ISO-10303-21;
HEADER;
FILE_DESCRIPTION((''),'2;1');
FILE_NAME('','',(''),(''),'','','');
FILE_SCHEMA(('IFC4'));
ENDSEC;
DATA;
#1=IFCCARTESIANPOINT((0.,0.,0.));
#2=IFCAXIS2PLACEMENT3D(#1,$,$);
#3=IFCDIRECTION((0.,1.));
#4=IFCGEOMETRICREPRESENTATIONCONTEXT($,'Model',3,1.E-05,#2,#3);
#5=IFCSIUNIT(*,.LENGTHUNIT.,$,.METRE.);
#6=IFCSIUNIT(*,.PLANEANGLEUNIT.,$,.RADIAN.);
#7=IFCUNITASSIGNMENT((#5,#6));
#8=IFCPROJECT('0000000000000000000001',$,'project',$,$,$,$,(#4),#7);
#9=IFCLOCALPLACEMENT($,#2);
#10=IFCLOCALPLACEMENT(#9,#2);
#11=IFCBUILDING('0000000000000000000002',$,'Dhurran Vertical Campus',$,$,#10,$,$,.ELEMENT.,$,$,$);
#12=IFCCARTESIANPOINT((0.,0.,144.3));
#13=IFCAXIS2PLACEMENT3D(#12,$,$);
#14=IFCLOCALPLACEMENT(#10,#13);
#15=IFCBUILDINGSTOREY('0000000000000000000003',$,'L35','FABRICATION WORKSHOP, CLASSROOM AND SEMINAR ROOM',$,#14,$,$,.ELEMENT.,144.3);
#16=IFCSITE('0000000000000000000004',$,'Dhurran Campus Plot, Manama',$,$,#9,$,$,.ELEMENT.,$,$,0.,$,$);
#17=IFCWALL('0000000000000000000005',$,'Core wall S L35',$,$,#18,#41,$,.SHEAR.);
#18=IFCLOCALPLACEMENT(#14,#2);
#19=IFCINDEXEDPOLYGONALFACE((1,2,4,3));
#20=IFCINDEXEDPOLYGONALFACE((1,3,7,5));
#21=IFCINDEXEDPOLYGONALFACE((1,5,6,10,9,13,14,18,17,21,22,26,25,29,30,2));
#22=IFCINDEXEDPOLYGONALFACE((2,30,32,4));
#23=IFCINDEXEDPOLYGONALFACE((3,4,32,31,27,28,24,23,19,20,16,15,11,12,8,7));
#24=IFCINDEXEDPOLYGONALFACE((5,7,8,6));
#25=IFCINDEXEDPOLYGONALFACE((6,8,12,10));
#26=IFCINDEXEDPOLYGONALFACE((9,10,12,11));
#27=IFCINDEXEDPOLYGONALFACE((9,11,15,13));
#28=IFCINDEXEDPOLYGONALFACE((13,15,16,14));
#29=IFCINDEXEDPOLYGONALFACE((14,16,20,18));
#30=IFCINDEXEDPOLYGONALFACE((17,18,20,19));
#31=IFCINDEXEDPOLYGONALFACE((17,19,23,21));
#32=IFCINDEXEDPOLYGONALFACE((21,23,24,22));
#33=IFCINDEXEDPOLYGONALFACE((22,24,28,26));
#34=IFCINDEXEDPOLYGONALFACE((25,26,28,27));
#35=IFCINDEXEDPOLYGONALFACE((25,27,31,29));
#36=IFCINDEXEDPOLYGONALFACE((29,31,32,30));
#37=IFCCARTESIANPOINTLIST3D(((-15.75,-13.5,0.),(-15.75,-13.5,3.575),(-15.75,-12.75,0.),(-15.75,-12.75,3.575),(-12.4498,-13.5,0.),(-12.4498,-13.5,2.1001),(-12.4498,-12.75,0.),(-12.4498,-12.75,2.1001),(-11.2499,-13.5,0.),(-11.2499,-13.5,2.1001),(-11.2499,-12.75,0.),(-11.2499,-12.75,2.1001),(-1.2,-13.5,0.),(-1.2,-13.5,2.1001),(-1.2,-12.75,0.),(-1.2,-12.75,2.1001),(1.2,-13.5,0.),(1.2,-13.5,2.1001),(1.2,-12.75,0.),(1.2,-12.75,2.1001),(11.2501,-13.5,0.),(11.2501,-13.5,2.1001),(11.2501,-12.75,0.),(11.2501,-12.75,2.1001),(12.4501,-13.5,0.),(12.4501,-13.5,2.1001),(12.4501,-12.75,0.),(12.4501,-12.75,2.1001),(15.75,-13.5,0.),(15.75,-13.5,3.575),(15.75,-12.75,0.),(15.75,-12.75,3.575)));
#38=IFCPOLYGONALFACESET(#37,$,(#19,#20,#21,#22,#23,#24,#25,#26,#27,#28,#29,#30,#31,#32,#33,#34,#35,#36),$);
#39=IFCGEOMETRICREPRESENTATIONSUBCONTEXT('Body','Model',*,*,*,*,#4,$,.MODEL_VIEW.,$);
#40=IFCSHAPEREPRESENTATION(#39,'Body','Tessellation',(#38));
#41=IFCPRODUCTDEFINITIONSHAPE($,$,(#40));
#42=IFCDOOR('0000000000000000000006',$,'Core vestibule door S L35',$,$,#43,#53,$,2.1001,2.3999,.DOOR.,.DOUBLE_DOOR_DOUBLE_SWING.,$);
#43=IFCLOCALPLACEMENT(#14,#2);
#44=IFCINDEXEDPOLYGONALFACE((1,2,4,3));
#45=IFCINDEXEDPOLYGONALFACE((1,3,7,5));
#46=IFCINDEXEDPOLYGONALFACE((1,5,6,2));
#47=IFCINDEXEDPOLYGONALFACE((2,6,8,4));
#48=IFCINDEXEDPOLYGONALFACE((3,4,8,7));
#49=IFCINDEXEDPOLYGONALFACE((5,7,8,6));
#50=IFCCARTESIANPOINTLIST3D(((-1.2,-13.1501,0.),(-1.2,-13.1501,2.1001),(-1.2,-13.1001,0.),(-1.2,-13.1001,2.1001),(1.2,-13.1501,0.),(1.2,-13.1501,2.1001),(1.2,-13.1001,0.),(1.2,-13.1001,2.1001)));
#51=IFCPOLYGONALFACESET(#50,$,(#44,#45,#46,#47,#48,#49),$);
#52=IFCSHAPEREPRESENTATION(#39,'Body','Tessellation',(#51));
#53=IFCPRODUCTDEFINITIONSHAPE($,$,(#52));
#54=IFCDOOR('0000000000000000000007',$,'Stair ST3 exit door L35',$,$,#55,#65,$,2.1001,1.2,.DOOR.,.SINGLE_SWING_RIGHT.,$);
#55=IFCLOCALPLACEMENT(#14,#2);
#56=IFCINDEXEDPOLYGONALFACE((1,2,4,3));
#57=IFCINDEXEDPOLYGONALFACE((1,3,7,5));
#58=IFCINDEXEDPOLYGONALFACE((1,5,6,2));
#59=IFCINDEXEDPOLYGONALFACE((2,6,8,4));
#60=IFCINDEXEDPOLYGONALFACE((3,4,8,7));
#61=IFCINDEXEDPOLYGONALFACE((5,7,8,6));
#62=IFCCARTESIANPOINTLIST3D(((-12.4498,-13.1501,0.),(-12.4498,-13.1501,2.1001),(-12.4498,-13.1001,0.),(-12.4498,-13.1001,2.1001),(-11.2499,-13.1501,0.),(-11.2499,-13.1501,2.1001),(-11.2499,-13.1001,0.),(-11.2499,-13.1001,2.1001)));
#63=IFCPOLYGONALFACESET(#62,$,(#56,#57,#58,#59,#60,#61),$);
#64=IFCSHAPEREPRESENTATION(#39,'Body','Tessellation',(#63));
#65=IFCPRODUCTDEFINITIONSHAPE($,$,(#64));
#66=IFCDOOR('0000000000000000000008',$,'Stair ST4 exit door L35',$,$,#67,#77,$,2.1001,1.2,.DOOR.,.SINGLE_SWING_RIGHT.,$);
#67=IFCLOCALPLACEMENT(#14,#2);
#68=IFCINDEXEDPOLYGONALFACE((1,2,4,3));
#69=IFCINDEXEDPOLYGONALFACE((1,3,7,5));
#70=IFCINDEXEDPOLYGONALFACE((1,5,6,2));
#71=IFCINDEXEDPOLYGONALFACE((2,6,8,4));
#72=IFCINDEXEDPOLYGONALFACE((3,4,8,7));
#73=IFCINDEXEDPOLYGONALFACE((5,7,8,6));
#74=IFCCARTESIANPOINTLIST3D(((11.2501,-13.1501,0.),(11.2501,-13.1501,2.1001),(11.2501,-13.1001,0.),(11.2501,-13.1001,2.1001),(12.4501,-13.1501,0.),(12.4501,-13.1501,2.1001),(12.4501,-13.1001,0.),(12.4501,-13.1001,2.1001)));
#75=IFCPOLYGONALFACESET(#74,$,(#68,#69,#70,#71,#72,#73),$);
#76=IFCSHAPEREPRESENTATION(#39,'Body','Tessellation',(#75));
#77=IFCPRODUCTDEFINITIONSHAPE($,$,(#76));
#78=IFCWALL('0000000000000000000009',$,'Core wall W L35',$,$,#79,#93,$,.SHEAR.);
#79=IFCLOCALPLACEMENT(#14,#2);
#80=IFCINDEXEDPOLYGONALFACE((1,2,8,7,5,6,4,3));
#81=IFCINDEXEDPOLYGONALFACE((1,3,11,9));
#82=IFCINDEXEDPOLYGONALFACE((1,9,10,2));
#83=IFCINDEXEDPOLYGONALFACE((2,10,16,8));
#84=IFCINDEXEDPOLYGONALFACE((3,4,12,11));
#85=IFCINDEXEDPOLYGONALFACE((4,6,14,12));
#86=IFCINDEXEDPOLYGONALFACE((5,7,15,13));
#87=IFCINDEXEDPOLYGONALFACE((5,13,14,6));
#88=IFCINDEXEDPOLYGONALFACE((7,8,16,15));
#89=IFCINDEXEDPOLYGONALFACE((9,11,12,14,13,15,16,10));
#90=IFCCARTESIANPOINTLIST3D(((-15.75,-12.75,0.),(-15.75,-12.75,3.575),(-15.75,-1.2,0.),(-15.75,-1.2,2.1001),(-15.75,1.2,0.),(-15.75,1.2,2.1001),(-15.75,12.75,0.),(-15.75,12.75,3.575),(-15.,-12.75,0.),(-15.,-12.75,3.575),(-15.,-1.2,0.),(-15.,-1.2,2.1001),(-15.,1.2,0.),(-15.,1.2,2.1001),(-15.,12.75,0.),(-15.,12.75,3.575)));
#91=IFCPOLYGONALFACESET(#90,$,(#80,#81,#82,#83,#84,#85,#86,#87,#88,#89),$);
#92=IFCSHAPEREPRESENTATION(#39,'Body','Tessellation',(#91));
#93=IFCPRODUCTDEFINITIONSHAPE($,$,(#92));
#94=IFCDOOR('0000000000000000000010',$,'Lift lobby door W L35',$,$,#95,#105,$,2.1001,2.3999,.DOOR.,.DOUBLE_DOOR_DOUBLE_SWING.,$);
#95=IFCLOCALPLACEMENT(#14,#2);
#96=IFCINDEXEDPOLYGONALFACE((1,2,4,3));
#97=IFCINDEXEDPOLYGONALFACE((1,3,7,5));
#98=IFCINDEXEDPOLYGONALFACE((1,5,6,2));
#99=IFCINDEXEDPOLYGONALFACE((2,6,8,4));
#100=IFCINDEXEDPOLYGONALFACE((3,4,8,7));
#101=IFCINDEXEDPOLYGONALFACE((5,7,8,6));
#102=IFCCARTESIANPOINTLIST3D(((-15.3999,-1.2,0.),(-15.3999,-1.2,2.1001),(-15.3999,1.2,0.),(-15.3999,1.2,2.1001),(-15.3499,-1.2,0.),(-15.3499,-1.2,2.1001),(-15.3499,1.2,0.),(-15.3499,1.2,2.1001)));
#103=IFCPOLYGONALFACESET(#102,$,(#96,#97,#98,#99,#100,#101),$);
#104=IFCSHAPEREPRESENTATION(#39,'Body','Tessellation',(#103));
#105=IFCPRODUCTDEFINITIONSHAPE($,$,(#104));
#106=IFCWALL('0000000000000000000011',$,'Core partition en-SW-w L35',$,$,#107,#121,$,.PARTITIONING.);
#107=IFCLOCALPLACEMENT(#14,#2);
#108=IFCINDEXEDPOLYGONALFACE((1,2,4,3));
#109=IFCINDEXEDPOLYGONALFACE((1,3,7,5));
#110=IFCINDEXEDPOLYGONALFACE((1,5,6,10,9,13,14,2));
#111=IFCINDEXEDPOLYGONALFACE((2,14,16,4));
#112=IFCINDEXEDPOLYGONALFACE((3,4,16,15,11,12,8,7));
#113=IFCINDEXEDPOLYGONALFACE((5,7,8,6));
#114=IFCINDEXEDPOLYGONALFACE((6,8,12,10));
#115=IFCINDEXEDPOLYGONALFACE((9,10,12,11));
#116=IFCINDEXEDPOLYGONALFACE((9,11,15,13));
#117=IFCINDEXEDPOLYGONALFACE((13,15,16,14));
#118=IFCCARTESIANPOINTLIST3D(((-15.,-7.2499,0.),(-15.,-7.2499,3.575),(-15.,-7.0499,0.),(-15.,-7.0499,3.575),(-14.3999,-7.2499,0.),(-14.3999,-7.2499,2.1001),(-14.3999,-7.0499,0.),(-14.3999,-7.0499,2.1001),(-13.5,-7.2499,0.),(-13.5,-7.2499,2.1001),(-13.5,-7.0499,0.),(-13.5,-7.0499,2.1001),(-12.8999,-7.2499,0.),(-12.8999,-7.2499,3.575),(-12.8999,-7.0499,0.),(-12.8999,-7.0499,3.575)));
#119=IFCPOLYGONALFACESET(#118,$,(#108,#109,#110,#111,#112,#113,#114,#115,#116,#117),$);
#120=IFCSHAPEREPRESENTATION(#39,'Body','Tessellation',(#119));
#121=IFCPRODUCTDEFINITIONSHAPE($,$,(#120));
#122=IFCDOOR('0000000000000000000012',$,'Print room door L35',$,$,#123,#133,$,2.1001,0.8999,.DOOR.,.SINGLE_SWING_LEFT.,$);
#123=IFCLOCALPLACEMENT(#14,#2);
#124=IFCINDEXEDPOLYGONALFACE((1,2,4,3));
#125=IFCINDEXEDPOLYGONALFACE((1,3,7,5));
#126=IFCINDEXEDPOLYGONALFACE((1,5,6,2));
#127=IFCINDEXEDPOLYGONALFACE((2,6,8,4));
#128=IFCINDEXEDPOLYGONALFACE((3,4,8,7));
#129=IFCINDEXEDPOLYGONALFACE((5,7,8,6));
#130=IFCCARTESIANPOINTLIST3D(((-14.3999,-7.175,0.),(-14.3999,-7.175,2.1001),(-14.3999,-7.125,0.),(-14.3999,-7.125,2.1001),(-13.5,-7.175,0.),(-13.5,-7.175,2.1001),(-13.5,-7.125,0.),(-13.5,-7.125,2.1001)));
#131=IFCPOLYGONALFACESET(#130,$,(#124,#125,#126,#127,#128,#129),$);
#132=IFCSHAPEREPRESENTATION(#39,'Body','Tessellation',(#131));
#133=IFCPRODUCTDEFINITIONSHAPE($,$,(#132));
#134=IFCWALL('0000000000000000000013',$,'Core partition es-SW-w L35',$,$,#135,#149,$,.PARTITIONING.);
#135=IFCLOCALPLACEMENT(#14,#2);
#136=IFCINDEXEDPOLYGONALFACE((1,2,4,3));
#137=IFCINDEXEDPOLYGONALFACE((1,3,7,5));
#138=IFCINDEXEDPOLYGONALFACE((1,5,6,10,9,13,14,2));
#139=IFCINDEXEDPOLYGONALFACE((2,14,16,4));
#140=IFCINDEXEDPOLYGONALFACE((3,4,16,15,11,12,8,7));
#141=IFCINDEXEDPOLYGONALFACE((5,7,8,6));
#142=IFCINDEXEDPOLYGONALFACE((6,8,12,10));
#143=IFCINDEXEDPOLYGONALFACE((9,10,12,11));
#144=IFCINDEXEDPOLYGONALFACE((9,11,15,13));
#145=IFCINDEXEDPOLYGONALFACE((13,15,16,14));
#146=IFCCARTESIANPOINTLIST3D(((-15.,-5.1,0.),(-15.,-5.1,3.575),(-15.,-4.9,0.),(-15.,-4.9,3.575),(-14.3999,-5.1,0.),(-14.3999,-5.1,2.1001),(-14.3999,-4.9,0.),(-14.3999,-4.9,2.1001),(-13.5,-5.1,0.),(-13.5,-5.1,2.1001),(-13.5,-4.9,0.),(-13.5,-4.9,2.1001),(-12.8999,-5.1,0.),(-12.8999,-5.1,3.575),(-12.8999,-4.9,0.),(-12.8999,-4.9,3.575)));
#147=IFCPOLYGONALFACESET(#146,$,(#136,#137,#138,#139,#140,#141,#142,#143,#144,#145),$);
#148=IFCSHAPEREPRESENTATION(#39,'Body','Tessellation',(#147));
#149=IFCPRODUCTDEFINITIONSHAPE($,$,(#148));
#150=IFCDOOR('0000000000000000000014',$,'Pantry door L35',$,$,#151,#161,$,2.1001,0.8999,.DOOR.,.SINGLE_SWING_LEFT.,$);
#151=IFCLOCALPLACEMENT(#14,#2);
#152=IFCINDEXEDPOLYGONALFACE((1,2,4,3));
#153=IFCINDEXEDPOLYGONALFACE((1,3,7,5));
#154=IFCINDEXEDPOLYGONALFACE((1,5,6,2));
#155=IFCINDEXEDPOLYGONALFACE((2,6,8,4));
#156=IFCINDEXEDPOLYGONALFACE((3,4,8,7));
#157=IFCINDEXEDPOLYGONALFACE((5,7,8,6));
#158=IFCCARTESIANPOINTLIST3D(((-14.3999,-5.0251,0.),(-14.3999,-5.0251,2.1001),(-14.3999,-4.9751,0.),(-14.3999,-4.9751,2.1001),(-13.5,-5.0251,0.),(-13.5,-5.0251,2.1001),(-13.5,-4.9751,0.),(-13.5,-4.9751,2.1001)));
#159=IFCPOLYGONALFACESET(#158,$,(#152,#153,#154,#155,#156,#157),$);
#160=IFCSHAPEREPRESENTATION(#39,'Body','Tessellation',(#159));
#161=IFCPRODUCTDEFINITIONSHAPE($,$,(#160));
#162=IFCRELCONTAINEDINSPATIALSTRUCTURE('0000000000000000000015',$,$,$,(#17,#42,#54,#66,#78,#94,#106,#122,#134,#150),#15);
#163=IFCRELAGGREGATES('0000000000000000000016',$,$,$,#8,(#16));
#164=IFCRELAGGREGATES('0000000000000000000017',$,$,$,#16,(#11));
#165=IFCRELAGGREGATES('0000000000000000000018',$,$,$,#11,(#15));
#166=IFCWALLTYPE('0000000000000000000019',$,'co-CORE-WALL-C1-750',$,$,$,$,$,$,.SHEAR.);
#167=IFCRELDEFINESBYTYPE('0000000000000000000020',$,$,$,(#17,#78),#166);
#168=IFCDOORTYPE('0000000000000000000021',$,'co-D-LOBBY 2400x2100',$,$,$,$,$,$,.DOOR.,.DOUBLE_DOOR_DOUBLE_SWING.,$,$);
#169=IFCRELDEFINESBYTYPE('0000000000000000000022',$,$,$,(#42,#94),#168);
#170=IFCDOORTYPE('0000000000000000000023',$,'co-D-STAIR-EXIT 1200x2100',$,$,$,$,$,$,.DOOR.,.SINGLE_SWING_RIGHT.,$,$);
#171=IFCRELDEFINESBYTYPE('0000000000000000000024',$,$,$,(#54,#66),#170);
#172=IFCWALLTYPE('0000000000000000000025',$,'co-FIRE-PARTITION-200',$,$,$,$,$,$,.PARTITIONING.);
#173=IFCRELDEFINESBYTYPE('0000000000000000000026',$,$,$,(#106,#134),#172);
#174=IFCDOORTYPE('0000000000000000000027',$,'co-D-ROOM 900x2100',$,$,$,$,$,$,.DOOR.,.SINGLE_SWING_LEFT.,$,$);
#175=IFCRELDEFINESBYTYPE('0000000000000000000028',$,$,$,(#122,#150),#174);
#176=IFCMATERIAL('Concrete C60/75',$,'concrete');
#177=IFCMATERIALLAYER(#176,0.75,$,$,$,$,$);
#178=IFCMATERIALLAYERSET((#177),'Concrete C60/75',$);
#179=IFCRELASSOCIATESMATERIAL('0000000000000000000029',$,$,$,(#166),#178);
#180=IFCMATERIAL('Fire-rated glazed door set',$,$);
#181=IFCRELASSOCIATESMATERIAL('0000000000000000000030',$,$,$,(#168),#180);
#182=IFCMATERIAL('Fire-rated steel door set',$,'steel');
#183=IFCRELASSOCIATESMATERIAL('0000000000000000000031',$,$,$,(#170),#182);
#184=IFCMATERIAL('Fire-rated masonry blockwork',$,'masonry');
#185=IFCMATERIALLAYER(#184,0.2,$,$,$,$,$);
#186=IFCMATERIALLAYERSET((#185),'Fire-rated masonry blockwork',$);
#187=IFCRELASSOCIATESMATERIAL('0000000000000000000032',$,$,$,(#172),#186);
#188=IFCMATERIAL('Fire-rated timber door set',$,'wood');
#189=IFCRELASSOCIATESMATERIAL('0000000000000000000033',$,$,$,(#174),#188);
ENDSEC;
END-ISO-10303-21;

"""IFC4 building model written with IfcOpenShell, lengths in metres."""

from ifc_helpers import new_model, si_unit, direction, frame, frame_2d, origin, place, context, subcontext, project, spatial, rectangle, extrude, material, layer, layer_set, type_object, element, fill, save


model = new_model("IFC4")

# Units and contexts
model_context = context("Model", 3, precision=1e-05, world=origin(), true_north=direction((0.0, 1.0)))
body_context = subcontext(model_context, "Body", "Model", "MODEL_VIEW")
ifc_project = project(units=[si_unit("LENGTHUNIT", "METRE"), si_unit("PLANEANGLEUNIT", "RADIAN")], contexts=[model_context])

# Site, building, storey
site_placement = place(None, origin())
site = spatial("IfcSite", under=ifc_project, at=site_placement, Name="Dhurran Campus Plot, Manama", CompositionType="ELEMENT", RefElevation=0.0)
building_placement = place(site_placement, origin())
building = spatial("IfcBuilding", under=site, at=building_placement, Name="Dhurran Vertical Campus", CompositionType="ELEMENT")
storey_placement = place(building_placement, frame((0.0, 0.0, 144.3)))
storey = spatial("IfcBuildingStorey", under=building, at=storey_placement, Name="L35", Description="FABRICATION WORKSHOP, CLASSROOM AND SEMINAR ROOM", CompositionType="ELEMENT", Elevation=144.3)

# Wall, openings, doors
ifc_material_1 = material(Name="Concrete C60/75", Category="concrete")
ifc_layer_1 = layer(ifc_material_1, 0.75)
ifc_layer_set_1 = layer_set([ifc_layer_1], Name="Concrete C60/75")
wall_type_1 = type_object("IfcWallType", Name="co-CORE-WALL-C1-750", PredefinedType="SHEAR", material=ifc_layer_set_1)
wall_1_placement = place(storey_placement, frame((-15.75, -13.125, 0.0), z_axis=(0.0, 0.0, 1.0), x_axis=(1.0, 0.0, 0.0)))
wall_1 = element("IfcWall", 1, at=wall_1_placement, inside=storey, type_object=wall_type_1, Name="Core wall S L35", PredefinedType="SHEAR", context=body_context, shape_type="SweptSolid", body=[
    extrude(rectangle(XDim=31.5, YDim=0.75, at=frame_2d((15.75, 0.0))), origin(), (0.0, 0.0, 1.0), 3.575),
])
opening_1_placement = place(wall_1_placement, frame((14.55, 0.0, 0.0)))
opening_1 = element("IfcOpeningElement", 2, at=opening_1_placement, cuts=wall_1, PredefinedType="OPENING", context=body_context, shape_type="SweptSolid", body=[
    extrude(rectangle(XDim=2.3999, YDim=2.1001, at=frame_2d((1.2, 1.05))), frame((0.0, 0.385, 0.0), z_axis=(0.0, -1.0, 0.0), x_axis=(1.0, 0.0, 0.0)), (0.0, 0.0, 1.0), 0.77),
])
opening_2_placement = place(wall_1_placement, frame((3.3, 0.0, 0.0)))
opening_2 = element("IfcOpeningElement", 3, at=opening_2_placement, cuts=wall_1, PredefinedType="OPENING", context=body_context, shape_type="SweptSolid", body=[
    extrude(rectangle(XDim=1.2, YDim=2.1001, at=frame_2d((0.6001, 1.05))), frame((0.0, 0.385, 0.0), z_axis=(0.0, -1.0, 0.0), x_axis=(1.0, 0.0, 0.0)), (0.0, 0.0, 1.0), 0.77),
])
opening_3_placement = place(wall_1_placement, frame((27.0, 0.0, 0.0)))
opening_3 = element("IfcOpeningElement", 4, at=opening_3_placement, cuts=wall_1, PredefinedType="OPENING", context=body_context, shape_type="SweptSolid", body=[
    extrude(rectangle(XDim=1.2, YDim=2.1001, at=frame_2d((0.6001, 1.05))), frame((0.0, 0.385, 0.0), z_axis=(0.0, -1.0, 0.0), x_axis=(1.0, 0.0, 0.0)), (0.0, 0.0, 1.0), 0.77),
])
ifc_material_2 = material(Name="Fire-rated glazed door set")
door_type_1 = type_object("IfcDoorType", Name="co-D-LOBBY 2400x2100", OperationType="DOUBLE_DOOR_DOUBLE_SWING", PredefinedType="DOOR", material=ifc_material_2)
door_1_placement = place(opening_1_placement, origin())
door_1 = element("IfcDoor", 5, at=door_1_placement, inside=storey, type_object=door_type_1, Name="Core vestibule door S L35", OperationType="DOUBLE_DOOR_DOUBLE_SWING", OverallHeight=2.1001, OverallWidth=2.3999, PredefinedType="DOOR", context=body_context, shape_type="SweptSolid", body=[
    extrude(rectangle(XDim=2.3999, YDim=2.1001, at=frame_2d((1.2, 1.05))), frame((0.0, 0.0249, 0.0), z_axis=(0.0, -1.0, 0.0), x_axis=(1.0, 0.0, 0.0)), (0.0, 0.0, 1.0), 0.05),
])
fill(opening_1, door_1)
ifc_material_3 = material(Name="Fire-rated steel door set", Category="steel")
door_type_2 = type_object("IfcDoorType", Name="co-D-STAIR-EXIT 1200x2100", OperationType="SINGLE_SWING_RIGHT", PredefinedType="DOOR", material=ifc_material_3)
door_2_placement = place(opening_2_placement, origin())
door_2 = element("IfcDoor", 6, at=door_2_placement, inside=storey, type_object=door_type_2, Name="Stair ST3 exit door L35", OperationType="SINGLE_SWING_RIGHT", OverallHeight=2.1001, OverallWidth=1.2, PredefinedType="DOOR", context=body_context, shape_type="SweptSolid", body=[
    extrude(rectangle(XDim=1.2, YDim=2.1001, at=frame_2d((0.6001, 1.05))), frame((0.0, 0.0249, 0.0), z_axis=(0.0, -1.0, 0.0), x_axis=(1.0, 0.0, 0.0)), (0.0, 0.0, 1.0), 0.05),
])
fill(opening_2, door_2)
door_3_placement = place(opening_3_placement, origin())
door_3 = element("IfcDoor", 7, at=door_3_placement, inside=storey, type_object=door_type_2, Name="Stair ST4 exit door L35", OperationType="SINGLE_SWING_RIGHT", OverallHeight=2.1001, OverallWidth=1.2, PredefinedType="DOOR", context=body_context, shape_type="SweptSolid", body=[
    extrude(rectangle(XDim=1.2, YDim=2.1001, at=frame_2d((0.6001, 1.05))), frame((0.0, 0.0249, 0.0), z_axis=(0.0, -1.0, 0.0), x_axis=(1.0, 0.0, 0.0)), (0.0, 0.0, 1.0), 0.05),
])
fill(opening_3, door_3)

# Walls, openings, doors
wall_2_placement = place(storey_placement, frame((-15.375, -12.75, 0.0), z_axis=(0.0, 0.0, 1.0), x_axis=(0.0, 1.0, 0.0)))
wall_2 = element("IfcWall", 8, at=wall_2_placement, inside=storey, type_object=wall_type_1, Name="Core wall W L35", PredefinedType="SHEAR", context=body_context, shape_type="SweptSolid", body=[
    extrude(rectangle(XDim=25.5, YDim=0.75, at=frame_2d((12.75, 0.0))), origin(), (0.0, 0.0, 1.0), 3.575),
])
opening_4_placement = place(wall_2_placement, frame((11.55, 0.0, 0.0)))
opening_4 = element("IfcOpeningElement", 9, at=opening_4_placement, cuts=wall_2, PredefinedType="OPENING", context=body_context, shape_type="SweptSolid", body=[
    extrude(rectangle(XDim=2.3999, YDim=2.1001, at=frame_2d((1.2, 1.05))), frame((0.0, 0.385, 0.0), z_axis=(0.0, -1.0, 0.0), x_axis=(1.0, 0.0, 0.0)), (0.0, 0.0, 1.0), 0.77),
])
door_4_placement = place(opening_4_placement, origin())
door_4 = element("IfcDoor", 10, at=door_4_placement, inside=storey, type_object=door_type_1, Name="Lift lobby door W L35", OperationType="DOUBLE_DOOR_DOUBLE_SWING", OverallHeight=2.1001, OverallWidth=2.3999, PredefinedType="DOOR", context=body_context, shape_type="SweptSolid", body=[
    extrude(rectangle(XDim=2.3999, YDim=2.1001, at=frame_2d((1.2, 1.05))), frame((0.0, 0.0249, 0.0), z_axis=(0.0, -1.0, 0.0), x_axis=(1.0, 0.0, 0.0)), (0.0, 0.0, 1.0), 0.05),
])
fill(opening_4, door_4)
ifc_material_4 = material(Name="Fire-rated masonry blockwork", Category="masonry")
ifc_layer_2 = layer(ifc_material_4, 0.2)
ifc_layer_set_2 = layer_set([ifc_layer_2], Name="Fire-rated masonry blockwork")
wall_type_2 = type_object("IfcWallType", Name="co-FIRE-PARTITION-200", PredefinedType="PARTITIONING", material=ifc_layer_set_2)
wall_3_placement = place(storey_placement, frame((-15.0, -7.1499, 0.0), z_axis=(0.0, 0.0, 1.0), x_axis=(1.0, 0.0, 0.0)))
wall_3 = element("IfcWall", 11, at=wall_3_placement, inside=storey, type_object=wall_type_2, Name="Core partition en-SW-w L35", PredefinedType="PARTITIONING", context=body_context, shape_type="SweptSolid", body=[
    extrude(rectangle(XDim=2.1001, YDim=0.2, at=frame_2d((1.05, 0.0))), origin(), (0.0, 0.0, 1.0), 3.575),
])
opening_5_placement = place(wall_3_placement, frame((0.6001, 0.0, 0.0)))
opening_5 = element("IfcOpeningElement", 12, at=opening_5_placement, cuts=wall_3, PredefinedType="OPENING", context=body_context, shape_type="SweptSolid", body=[
    extrude(rectangle(XDim=0.8999, YDim=2.1001, at=frame_2d((0.45, 1.05))), frame((0.0, 0.1099, 0.0), z_axis=(0.0, -1.0, 0.0), x_axis=(1.0, 0.0, 0.0)), (0.0, 0.0, 1.0), 0.22),
])
ifc_material_5 = material(Name="Fire-rated timber door set", Category="wood")
door_type_3 = type_object("IfcDoorType", Name="co-D-ROOM 900x2100", OperationType="SINGLE_SWING_LEFT", PredefinedType="DOOR", material=ifc_material_5)
door_5_placement = place(opening_5_placement, origin())
door_5 = element("IfcDoor", 13, at=door_5_placement, inside=storey, type_object=door_type_3, Name="Print room door L35", OperationType="SINGLE_SWING_LEFT", OverallHeight=2.1001, OverallWidth=0.8999, PredefinedType="DOOR", context=body_context, shape_type="SweptSolid", body=[
    extrude(rectangle(XDim=0.8999, YDim=2.1001, at=frame_2d((0.45, 1.05))), frame((0.0, 0.0249, 0.0), z_axis=(0.0, -1.0, 0.0), x_axis=(1.0, 0.0, 0.0)), (0.0, 0.0, 1.0), 0.05),
])
fill(opening_5, door_5)
wall_4_placement = place(storey_placement, frame((-15.0, -5.0, 0.0), z_axis=(0.0, 0.0, 1.0), x_axis=(1.0, 0.0, 0.0)))
wall_4 = element("IfcWall", 14, at=wall_4_placement, inside=storey, type_object=wall_type_2, Name="Core partition es-SW-w L35", PredefinedType="PARTITIONING", context=body_context, shape_type="SweptSolid", body=[
    extrude(rectangle(XDim=2.1001, YDim=0.2, at=frame_2d((1.05, 0.0))), origin(), (0.0, 0.0, 1.0), 3.575),
])
opening_6_placement = place(wall_4_placement, frame((0.6001, 0.0, 0.0)))
opening_6 = element("IfcOpeningElement", 15, at=opening_6_placement, cuts=wall_4, PredefinedType="OPENING", context=body_context, shape_type="SweptSolid", body=[
    extrude(rectangle(XDim=0.8999, YDim=2.1001, at=frame_2d((0.45, 1.05))), frame((0.0, 0.1099, 0.0), z_axis=(0.0, -1.0, 0.0), x_axis=(1.0, 0.0, 0.0)), (0.0, 0.0, 1.0), 0.22),
])
door_6_placement = place(opening_6_placement, origin())
door_6 = element("IfcDoor", 16, at=door_6_placement, inside=storey, type_object=door_type_3, Name="Pantry door L35", OperationType="SINGLE_SWING_LEFT", OverallHeight=2.1001, OverallWidth=0.8999, PredefinedType="DOOR", context=body_context, shape_type="SweptSolid", body=[
    extrude(rectangle(XDim=0.8999, YDim=2.1001, at=frame_2d((0.45, 1.05))), frame((0.0, 0.0249, 0.0), z_axis=(0.0, -1.0, 0.0), x_axis=(1.0, 0.0, 0.0)), (0.0, 0.0, 1.0), 0.05),
])
fill(opening_6, door_6)

save(model, "model.ifc")
